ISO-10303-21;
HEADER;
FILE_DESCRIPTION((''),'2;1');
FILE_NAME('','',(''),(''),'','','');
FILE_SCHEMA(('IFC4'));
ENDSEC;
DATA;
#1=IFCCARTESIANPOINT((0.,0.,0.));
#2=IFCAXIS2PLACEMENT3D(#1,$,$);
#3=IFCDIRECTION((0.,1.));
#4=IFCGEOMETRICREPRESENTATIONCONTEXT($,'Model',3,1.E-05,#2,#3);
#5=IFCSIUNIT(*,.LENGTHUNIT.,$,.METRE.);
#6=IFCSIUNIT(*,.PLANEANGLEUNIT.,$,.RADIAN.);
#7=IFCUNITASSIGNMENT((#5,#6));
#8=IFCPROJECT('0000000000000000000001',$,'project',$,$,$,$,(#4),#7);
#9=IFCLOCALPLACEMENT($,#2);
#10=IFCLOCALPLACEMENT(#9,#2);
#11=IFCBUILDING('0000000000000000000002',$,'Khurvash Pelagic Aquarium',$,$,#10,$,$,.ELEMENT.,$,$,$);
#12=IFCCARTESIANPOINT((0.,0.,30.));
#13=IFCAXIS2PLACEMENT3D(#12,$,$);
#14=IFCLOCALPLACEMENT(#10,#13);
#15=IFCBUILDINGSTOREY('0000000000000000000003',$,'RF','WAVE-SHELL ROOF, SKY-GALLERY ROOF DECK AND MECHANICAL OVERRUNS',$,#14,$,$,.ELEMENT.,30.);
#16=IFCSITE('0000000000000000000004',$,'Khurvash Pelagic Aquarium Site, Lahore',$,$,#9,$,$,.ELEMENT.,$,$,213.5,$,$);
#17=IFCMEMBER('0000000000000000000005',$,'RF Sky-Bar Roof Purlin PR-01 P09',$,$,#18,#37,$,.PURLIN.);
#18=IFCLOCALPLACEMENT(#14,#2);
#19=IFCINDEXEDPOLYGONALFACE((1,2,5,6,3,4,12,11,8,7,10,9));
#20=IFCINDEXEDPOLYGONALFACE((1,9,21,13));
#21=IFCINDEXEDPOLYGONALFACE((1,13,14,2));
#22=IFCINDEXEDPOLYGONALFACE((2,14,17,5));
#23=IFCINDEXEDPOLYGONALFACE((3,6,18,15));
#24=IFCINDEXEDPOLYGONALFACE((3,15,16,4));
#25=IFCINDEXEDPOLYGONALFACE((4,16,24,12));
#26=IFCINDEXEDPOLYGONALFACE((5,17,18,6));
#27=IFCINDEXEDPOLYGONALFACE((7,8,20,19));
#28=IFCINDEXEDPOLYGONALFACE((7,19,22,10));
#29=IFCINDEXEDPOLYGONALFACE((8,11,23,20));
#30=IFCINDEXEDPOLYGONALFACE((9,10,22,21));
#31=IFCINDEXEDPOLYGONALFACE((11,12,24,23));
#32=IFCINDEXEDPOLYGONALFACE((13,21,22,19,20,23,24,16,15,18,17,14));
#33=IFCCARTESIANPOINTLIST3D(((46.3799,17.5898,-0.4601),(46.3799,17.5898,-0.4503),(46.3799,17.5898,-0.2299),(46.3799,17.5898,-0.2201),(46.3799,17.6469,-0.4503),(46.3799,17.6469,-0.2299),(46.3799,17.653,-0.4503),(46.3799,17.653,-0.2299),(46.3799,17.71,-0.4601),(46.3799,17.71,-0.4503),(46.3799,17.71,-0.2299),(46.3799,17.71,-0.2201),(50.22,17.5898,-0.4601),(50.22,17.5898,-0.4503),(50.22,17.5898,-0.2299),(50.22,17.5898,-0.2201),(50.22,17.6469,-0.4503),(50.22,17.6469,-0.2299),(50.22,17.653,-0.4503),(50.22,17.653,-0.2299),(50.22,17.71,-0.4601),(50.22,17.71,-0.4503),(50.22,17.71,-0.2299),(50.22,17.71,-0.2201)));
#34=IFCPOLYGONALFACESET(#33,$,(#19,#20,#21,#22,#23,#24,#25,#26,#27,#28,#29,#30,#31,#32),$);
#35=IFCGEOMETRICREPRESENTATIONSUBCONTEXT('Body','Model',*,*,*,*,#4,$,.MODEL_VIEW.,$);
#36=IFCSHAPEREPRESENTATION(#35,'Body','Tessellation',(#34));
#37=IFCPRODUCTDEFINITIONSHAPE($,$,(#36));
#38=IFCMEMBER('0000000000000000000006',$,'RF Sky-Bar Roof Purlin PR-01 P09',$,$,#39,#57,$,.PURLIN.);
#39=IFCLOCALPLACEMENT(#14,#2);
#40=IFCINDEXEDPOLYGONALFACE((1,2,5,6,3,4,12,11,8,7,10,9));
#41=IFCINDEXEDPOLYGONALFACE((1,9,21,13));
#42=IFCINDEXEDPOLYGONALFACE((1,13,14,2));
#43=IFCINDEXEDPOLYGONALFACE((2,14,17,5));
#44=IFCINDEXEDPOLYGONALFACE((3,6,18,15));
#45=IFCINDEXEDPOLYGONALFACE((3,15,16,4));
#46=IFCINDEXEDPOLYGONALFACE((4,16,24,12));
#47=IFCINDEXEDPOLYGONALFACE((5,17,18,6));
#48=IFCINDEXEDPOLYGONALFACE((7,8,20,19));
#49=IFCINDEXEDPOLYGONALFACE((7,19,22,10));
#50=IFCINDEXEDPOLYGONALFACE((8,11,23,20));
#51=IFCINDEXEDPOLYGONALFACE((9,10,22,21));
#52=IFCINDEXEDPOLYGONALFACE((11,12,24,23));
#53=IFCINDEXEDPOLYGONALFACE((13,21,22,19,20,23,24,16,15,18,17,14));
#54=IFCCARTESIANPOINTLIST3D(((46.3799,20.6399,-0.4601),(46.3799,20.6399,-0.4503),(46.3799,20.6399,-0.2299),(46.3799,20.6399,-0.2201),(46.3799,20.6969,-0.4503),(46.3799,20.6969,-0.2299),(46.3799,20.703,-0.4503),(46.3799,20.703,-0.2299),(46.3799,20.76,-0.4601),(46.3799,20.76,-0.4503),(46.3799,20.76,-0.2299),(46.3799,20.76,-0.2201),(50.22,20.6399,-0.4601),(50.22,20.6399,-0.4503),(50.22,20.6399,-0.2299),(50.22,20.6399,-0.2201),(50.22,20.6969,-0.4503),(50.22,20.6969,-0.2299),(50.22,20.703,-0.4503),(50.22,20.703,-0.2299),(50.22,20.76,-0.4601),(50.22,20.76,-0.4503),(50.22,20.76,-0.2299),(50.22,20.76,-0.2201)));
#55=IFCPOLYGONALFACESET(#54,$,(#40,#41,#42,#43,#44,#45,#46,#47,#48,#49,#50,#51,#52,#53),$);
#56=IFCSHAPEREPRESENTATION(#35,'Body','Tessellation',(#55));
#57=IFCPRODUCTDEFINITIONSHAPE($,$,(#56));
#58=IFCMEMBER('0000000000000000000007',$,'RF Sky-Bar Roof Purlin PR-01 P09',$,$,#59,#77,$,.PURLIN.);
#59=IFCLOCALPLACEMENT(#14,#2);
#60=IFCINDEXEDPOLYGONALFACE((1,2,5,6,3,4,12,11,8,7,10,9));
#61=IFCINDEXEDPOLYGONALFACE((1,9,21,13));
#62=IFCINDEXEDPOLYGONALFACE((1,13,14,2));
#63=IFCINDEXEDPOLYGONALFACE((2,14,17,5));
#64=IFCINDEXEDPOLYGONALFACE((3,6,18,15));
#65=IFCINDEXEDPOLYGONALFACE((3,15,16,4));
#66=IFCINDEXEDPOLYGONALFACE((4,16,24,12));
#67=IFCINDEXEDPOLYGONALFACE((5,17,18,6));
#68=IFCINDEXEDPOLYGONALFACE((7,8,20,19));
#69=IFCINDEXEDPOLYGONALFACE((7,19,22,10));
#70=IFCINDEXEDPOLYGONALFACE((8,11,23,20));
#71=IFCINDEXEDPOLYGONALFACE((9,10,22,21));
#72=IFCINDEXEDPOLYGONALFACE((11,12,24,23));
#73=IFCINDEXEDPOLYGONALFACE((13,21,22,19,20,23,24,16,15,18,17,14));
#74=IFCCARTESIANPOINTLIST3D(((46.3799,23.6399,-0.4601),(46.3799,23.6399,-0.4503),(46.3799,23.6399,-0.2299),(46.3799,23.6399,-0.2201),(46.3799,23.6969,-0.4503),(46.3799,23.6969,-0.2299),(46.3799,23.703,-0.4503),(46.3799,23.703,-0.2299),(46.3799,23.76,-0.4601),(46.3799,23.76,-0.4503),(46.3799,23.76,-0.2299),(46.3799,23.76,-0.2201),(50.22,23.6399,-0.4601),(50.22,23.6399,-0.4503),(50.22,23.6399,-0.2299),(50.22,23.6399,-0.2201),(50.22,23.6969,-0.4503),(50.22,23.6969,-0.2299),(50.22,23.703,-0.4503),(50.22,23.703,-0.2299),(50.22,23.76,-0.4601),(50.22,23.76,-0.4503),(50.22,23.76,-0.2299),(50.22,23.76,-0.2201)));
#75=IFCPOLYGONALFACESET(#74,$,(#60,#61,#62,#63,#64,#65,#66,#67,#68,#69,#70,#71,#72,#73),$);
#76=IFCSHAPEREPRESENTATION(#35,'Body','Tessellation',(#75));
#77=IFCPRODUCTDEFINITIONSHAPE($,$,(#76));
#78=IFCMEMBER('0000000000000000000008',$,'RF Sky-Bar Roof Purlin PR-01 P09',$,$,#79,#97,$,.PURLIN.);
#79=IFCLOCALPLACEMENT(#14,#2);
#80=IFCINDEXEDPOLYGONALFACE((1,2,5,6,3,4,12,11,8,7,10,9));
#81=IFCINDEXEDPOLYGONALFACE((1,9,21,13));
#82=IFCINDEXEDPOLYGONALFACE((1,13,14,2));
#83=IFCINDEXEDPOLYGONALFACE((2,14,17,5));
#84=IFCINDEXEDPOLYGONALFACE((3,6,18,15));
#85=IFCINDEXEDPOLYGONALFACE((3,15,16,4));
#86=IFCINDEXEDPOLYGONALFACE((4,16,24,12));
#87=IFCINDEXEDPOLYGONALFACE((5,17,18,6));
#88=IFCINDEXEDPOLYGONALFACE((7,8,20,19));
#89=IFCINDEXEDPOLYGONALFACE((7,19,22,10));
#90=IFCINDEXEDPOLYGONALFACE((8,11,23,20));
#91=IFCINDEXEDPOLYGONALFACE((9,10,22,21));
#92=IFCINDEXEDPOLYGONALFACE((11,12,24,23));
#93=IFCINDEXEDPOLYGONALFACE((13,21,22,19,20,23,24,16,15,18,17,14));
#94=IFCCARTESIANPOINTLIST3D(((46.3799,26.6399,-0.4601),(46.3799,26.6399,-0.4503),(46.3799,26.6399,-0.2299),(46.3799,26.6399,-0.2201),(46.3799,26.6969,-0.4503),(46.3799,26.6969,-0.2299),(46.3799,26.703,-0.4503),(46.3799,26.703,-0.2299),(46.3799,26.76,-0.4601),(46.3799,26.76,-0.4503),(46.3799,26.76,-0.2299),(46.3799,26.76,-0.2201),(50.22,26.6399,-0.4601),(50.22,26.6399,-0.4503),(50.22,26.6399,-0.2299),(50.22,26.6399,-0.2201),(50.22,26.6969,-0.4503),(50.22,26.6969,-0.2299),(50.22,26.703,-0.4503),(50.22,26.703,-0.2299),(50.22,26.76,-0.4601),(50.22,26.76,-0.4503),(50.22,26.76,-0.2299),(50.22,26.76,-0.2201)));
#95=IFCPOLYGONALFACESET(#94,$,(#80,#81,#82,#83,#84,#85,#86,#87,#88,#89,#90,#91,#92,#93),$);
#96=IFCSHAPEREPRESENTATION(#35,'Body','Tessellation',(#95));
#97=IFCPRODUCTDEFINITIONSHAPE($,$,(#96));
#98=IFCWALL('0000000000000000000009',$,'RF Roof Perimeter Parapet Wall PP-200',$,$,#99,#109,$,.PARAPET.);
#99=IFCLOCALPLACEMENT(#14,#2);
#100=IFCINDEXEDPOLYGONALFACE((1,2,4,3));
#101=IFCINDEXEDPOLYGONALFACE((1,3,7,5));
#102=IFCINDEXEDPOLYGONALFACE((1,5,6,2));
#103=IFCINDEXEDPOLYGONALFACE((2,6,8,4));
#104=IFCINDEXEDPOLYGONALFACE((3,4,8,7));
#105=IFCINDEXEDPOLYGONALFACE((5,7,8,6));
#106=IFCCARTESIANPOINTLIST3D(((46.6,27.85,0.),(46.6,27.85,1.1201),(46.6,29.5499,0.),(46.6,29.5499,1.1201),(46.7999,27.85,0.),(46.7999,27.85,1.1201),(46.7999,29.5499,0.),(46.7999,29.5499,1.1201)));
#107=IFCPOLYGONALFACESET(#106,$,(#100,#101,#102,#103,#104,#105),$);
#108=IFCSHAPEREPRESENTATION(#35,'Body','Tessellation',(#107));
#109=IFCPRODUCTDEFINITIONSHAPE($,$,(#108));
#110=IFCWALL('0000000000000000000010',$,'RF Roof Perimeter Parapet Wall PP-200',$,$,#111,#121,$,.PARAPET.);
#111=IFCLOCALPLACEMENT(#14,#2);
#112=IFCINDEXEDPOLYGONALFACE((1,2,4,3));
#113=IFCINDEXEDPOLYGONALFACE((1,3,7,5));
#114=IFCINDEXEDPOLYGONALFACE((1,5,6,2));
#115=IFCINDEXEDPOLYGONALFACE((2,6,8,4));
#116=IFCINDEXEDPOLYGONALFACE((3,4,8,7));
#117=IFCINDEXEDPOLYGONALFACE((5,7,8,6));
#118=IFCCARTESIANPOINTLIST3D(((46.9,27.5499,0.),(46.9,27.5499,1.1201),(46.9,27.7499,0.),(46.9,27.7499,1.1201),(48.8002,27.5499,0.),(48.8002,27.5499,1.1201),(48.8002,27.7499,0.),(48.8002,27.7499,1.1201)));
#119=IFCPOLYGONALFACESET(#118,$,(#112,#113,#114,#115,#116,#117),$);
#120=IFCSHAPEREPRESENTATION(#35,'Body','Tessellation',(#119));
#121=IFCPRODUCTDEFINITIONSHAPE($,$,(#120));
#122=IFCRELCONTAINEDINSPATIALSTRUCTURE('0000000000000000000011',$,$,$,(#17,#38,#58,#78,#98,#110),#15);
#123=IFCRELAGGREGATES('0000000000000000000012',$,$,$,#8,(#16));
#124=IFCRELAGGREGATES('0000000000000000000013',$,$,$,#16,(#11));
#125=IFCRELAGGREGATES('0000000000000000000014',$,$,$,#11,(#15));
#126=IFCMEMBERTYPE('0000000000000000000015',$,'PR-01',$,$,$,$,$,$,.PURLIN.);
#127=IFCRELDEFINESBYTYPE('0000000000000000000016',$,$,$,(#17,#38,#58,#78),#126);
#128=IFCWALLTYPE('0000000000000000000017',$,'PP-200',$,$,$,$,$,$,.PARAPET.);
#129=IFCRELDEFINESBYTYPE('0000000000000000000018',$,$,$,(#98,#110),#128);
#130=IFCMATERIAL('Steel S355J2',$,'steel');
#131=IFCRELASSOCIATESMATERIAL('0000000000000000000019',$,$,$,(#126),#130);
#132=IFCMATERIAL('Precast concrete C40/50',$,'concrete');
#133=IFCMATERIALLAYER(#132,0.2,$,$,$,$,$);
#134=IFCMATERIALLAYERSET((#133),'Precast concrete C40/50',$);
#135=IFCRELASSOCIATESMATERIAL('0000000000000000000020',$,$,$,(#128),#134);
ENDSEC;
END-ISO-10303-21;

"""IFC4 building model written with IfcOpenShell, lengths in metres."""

from ifc_helpers import new_model, si_unit, direction, frame, frame_2d, origin, origin_2d, place, context, subcontext, project, spatial, rectangle, i_section, extrude, material, layer, layer_set, material_profile, profile_set, type_object, element, save


model = new_model("IFC4")

# Units and contexts
model_context = context("Model", 3, precision=1e-05, world=origin(), true_north=direction((0.0, 1.0)))
body_context = subcontext(model_context, "Body", "Model", "MODEL_VIEW")
ifc_project = project(units=[si_unit("LENGTHUNIT", "METRE"), si_unit("PLANEANGLEUNIT", "RADIAN")], contexts=[model_context])

# Site, building, storey
site_placement = place(None, origin())
site = spatial("IfcSite", under=ifc_project, at=site_placement, Name="Khurvash Pelagic Aquarium Site, Lahore", CompositionType="ELEMENT", RefElevation=213.5)
building_placement = place(site_placement, origin())
building = spatial("IfcBuilding", under=site, at=building_placement, Name="Khurvash Pelagic Aquarium", CompositionType="ELEMENT")
storey_placement = place(building_placement, frame((0.0, 0.0, 30.0)))
storey = spatial("IfcBuildingStorey", under=building, at=storey_placement, Name="RF", Description="WAVE-SHELL ROOF, SKY-GALLERY ROOF DECK AND MECHANICAL OVERRUNS", CompositionType="ELEMENT", Elevation=30.0)

# Members
ifc_material_1 = material(Name="Steel S355J2", Category="steel")
ifc_material_profile_1 = material_profile(ifc_material_1, i_section(OverallWidth=0.1201, OverallDepth=0.24, WebThickness=0.0061, FlangeThickness=0.0098, at=origin_2d()), Name="IPE240")
ifc_profile_set_1 = profile_set([ifc_material_profile_1], Name="Steel S355J2")
member_type = type_object("IfcMemberType", Name="PR-01", PredefinedType="PURLIN", material=ifc_profile_set_1)
for number, where, z_axis, x_axis, name in (
    (1, (46.3799, 17.6499, -0.3401), (1.0, 0.0, 0.0), (0.0, 1.0, 0.0), "RF Sky-Bar Roof Purlin PR-01 P09"),
    (2, (46.3799, 20.7, -0.3401), (1.0, 0.0, 0.0), (0.0, 1.0, 0.0), "RF Sky-Bar Roof Purlin PR-01 P09"),
    (3, (46.3799, 23.7, -0.3401), (1.0, 0.0, 0.0), (0.0, 1.0, 0.0), "RF Sky-Bar Roof Purlin PR-01 P09"),
    (4, (46.3799, 26.7, -0.3401), (1.0, 0.0, 0.0), (0.0, 1.0, 0.0), "RF Sky-Bar Roof Purlin PR-01 P09"),
):
    element("IfcMember", number, at=place(storey_placement, frame(where, z_axis=z_axis, x_axis=x_axis)), inside=storey, type_object=member_type, Name=name, PredefinedType="PURLIN", context=body_context, shape_type="SweptSolid", body=[
        extrude(i_section(OverallWidth=0.1201, OverallDepth=0.24, WebThickness=0.0061, FlangeThickness=0.0098, at=origin_2d()), origin(), (0.0, 0.0, 1.0), 3.8401),
    ])

# Walls
ifc_material_2 = material(Name="Precast concrete C40/50", Category="concrete")
ifc_layer = layer(ifc_material_2, 0.2)
ifc_layer_set = layer_set([ifc_layer], Name="Precast concrete C40/50")
wall_type = type_object("IfcWallType", Name="PP-200", PredefinedType="PARAPET", material=ifc_layer_set)
wall_1_placement = place(storey_placement, frame((46.7, 29.55, 0.0), z_axis=(0.0, 0.0, 1.0), x_axis=(0.0, -1.0, 0.0)))
element("IfcWall", 5, at=wall_1_placement, inside=storey, type_object=wall_type, Name="RF Roof Perimeter Parapet Wall PP-200", PredefinedType="PARAPET", context=body_context, shape_type="SweptSolid", body=[
    extrude(rectangle(XDim=1.7, YDim=0.2, at=frame_2d((0.8501, 0.0))), origin(), (0.0, 0.0, 1.0), 1.1201),
])
wall_2_placement = place(storey_placement, frame((46.8999, 27.6499, 0.0), z_axis=(0.0, 0.0, 1.0), x_axis=(1.0, 0.0, 0.0)))
element("IfcWall", 6, at=wall_2_placement, inside=storey, type_object=wall_type, Name="RF Roof Perimeter Parapet Wall PP-200", PredefinedType="PARAPET", context=body_context, shape_type="SweptSolid", body=[
    extrude(rectangle(XDim=1.9001, YDim=0.2, at=frame_2d((0.9502, 0.0))), origin(), (0.0, 0.0, 1.0), 1.1201),
])

save(model, "model.ifc")
